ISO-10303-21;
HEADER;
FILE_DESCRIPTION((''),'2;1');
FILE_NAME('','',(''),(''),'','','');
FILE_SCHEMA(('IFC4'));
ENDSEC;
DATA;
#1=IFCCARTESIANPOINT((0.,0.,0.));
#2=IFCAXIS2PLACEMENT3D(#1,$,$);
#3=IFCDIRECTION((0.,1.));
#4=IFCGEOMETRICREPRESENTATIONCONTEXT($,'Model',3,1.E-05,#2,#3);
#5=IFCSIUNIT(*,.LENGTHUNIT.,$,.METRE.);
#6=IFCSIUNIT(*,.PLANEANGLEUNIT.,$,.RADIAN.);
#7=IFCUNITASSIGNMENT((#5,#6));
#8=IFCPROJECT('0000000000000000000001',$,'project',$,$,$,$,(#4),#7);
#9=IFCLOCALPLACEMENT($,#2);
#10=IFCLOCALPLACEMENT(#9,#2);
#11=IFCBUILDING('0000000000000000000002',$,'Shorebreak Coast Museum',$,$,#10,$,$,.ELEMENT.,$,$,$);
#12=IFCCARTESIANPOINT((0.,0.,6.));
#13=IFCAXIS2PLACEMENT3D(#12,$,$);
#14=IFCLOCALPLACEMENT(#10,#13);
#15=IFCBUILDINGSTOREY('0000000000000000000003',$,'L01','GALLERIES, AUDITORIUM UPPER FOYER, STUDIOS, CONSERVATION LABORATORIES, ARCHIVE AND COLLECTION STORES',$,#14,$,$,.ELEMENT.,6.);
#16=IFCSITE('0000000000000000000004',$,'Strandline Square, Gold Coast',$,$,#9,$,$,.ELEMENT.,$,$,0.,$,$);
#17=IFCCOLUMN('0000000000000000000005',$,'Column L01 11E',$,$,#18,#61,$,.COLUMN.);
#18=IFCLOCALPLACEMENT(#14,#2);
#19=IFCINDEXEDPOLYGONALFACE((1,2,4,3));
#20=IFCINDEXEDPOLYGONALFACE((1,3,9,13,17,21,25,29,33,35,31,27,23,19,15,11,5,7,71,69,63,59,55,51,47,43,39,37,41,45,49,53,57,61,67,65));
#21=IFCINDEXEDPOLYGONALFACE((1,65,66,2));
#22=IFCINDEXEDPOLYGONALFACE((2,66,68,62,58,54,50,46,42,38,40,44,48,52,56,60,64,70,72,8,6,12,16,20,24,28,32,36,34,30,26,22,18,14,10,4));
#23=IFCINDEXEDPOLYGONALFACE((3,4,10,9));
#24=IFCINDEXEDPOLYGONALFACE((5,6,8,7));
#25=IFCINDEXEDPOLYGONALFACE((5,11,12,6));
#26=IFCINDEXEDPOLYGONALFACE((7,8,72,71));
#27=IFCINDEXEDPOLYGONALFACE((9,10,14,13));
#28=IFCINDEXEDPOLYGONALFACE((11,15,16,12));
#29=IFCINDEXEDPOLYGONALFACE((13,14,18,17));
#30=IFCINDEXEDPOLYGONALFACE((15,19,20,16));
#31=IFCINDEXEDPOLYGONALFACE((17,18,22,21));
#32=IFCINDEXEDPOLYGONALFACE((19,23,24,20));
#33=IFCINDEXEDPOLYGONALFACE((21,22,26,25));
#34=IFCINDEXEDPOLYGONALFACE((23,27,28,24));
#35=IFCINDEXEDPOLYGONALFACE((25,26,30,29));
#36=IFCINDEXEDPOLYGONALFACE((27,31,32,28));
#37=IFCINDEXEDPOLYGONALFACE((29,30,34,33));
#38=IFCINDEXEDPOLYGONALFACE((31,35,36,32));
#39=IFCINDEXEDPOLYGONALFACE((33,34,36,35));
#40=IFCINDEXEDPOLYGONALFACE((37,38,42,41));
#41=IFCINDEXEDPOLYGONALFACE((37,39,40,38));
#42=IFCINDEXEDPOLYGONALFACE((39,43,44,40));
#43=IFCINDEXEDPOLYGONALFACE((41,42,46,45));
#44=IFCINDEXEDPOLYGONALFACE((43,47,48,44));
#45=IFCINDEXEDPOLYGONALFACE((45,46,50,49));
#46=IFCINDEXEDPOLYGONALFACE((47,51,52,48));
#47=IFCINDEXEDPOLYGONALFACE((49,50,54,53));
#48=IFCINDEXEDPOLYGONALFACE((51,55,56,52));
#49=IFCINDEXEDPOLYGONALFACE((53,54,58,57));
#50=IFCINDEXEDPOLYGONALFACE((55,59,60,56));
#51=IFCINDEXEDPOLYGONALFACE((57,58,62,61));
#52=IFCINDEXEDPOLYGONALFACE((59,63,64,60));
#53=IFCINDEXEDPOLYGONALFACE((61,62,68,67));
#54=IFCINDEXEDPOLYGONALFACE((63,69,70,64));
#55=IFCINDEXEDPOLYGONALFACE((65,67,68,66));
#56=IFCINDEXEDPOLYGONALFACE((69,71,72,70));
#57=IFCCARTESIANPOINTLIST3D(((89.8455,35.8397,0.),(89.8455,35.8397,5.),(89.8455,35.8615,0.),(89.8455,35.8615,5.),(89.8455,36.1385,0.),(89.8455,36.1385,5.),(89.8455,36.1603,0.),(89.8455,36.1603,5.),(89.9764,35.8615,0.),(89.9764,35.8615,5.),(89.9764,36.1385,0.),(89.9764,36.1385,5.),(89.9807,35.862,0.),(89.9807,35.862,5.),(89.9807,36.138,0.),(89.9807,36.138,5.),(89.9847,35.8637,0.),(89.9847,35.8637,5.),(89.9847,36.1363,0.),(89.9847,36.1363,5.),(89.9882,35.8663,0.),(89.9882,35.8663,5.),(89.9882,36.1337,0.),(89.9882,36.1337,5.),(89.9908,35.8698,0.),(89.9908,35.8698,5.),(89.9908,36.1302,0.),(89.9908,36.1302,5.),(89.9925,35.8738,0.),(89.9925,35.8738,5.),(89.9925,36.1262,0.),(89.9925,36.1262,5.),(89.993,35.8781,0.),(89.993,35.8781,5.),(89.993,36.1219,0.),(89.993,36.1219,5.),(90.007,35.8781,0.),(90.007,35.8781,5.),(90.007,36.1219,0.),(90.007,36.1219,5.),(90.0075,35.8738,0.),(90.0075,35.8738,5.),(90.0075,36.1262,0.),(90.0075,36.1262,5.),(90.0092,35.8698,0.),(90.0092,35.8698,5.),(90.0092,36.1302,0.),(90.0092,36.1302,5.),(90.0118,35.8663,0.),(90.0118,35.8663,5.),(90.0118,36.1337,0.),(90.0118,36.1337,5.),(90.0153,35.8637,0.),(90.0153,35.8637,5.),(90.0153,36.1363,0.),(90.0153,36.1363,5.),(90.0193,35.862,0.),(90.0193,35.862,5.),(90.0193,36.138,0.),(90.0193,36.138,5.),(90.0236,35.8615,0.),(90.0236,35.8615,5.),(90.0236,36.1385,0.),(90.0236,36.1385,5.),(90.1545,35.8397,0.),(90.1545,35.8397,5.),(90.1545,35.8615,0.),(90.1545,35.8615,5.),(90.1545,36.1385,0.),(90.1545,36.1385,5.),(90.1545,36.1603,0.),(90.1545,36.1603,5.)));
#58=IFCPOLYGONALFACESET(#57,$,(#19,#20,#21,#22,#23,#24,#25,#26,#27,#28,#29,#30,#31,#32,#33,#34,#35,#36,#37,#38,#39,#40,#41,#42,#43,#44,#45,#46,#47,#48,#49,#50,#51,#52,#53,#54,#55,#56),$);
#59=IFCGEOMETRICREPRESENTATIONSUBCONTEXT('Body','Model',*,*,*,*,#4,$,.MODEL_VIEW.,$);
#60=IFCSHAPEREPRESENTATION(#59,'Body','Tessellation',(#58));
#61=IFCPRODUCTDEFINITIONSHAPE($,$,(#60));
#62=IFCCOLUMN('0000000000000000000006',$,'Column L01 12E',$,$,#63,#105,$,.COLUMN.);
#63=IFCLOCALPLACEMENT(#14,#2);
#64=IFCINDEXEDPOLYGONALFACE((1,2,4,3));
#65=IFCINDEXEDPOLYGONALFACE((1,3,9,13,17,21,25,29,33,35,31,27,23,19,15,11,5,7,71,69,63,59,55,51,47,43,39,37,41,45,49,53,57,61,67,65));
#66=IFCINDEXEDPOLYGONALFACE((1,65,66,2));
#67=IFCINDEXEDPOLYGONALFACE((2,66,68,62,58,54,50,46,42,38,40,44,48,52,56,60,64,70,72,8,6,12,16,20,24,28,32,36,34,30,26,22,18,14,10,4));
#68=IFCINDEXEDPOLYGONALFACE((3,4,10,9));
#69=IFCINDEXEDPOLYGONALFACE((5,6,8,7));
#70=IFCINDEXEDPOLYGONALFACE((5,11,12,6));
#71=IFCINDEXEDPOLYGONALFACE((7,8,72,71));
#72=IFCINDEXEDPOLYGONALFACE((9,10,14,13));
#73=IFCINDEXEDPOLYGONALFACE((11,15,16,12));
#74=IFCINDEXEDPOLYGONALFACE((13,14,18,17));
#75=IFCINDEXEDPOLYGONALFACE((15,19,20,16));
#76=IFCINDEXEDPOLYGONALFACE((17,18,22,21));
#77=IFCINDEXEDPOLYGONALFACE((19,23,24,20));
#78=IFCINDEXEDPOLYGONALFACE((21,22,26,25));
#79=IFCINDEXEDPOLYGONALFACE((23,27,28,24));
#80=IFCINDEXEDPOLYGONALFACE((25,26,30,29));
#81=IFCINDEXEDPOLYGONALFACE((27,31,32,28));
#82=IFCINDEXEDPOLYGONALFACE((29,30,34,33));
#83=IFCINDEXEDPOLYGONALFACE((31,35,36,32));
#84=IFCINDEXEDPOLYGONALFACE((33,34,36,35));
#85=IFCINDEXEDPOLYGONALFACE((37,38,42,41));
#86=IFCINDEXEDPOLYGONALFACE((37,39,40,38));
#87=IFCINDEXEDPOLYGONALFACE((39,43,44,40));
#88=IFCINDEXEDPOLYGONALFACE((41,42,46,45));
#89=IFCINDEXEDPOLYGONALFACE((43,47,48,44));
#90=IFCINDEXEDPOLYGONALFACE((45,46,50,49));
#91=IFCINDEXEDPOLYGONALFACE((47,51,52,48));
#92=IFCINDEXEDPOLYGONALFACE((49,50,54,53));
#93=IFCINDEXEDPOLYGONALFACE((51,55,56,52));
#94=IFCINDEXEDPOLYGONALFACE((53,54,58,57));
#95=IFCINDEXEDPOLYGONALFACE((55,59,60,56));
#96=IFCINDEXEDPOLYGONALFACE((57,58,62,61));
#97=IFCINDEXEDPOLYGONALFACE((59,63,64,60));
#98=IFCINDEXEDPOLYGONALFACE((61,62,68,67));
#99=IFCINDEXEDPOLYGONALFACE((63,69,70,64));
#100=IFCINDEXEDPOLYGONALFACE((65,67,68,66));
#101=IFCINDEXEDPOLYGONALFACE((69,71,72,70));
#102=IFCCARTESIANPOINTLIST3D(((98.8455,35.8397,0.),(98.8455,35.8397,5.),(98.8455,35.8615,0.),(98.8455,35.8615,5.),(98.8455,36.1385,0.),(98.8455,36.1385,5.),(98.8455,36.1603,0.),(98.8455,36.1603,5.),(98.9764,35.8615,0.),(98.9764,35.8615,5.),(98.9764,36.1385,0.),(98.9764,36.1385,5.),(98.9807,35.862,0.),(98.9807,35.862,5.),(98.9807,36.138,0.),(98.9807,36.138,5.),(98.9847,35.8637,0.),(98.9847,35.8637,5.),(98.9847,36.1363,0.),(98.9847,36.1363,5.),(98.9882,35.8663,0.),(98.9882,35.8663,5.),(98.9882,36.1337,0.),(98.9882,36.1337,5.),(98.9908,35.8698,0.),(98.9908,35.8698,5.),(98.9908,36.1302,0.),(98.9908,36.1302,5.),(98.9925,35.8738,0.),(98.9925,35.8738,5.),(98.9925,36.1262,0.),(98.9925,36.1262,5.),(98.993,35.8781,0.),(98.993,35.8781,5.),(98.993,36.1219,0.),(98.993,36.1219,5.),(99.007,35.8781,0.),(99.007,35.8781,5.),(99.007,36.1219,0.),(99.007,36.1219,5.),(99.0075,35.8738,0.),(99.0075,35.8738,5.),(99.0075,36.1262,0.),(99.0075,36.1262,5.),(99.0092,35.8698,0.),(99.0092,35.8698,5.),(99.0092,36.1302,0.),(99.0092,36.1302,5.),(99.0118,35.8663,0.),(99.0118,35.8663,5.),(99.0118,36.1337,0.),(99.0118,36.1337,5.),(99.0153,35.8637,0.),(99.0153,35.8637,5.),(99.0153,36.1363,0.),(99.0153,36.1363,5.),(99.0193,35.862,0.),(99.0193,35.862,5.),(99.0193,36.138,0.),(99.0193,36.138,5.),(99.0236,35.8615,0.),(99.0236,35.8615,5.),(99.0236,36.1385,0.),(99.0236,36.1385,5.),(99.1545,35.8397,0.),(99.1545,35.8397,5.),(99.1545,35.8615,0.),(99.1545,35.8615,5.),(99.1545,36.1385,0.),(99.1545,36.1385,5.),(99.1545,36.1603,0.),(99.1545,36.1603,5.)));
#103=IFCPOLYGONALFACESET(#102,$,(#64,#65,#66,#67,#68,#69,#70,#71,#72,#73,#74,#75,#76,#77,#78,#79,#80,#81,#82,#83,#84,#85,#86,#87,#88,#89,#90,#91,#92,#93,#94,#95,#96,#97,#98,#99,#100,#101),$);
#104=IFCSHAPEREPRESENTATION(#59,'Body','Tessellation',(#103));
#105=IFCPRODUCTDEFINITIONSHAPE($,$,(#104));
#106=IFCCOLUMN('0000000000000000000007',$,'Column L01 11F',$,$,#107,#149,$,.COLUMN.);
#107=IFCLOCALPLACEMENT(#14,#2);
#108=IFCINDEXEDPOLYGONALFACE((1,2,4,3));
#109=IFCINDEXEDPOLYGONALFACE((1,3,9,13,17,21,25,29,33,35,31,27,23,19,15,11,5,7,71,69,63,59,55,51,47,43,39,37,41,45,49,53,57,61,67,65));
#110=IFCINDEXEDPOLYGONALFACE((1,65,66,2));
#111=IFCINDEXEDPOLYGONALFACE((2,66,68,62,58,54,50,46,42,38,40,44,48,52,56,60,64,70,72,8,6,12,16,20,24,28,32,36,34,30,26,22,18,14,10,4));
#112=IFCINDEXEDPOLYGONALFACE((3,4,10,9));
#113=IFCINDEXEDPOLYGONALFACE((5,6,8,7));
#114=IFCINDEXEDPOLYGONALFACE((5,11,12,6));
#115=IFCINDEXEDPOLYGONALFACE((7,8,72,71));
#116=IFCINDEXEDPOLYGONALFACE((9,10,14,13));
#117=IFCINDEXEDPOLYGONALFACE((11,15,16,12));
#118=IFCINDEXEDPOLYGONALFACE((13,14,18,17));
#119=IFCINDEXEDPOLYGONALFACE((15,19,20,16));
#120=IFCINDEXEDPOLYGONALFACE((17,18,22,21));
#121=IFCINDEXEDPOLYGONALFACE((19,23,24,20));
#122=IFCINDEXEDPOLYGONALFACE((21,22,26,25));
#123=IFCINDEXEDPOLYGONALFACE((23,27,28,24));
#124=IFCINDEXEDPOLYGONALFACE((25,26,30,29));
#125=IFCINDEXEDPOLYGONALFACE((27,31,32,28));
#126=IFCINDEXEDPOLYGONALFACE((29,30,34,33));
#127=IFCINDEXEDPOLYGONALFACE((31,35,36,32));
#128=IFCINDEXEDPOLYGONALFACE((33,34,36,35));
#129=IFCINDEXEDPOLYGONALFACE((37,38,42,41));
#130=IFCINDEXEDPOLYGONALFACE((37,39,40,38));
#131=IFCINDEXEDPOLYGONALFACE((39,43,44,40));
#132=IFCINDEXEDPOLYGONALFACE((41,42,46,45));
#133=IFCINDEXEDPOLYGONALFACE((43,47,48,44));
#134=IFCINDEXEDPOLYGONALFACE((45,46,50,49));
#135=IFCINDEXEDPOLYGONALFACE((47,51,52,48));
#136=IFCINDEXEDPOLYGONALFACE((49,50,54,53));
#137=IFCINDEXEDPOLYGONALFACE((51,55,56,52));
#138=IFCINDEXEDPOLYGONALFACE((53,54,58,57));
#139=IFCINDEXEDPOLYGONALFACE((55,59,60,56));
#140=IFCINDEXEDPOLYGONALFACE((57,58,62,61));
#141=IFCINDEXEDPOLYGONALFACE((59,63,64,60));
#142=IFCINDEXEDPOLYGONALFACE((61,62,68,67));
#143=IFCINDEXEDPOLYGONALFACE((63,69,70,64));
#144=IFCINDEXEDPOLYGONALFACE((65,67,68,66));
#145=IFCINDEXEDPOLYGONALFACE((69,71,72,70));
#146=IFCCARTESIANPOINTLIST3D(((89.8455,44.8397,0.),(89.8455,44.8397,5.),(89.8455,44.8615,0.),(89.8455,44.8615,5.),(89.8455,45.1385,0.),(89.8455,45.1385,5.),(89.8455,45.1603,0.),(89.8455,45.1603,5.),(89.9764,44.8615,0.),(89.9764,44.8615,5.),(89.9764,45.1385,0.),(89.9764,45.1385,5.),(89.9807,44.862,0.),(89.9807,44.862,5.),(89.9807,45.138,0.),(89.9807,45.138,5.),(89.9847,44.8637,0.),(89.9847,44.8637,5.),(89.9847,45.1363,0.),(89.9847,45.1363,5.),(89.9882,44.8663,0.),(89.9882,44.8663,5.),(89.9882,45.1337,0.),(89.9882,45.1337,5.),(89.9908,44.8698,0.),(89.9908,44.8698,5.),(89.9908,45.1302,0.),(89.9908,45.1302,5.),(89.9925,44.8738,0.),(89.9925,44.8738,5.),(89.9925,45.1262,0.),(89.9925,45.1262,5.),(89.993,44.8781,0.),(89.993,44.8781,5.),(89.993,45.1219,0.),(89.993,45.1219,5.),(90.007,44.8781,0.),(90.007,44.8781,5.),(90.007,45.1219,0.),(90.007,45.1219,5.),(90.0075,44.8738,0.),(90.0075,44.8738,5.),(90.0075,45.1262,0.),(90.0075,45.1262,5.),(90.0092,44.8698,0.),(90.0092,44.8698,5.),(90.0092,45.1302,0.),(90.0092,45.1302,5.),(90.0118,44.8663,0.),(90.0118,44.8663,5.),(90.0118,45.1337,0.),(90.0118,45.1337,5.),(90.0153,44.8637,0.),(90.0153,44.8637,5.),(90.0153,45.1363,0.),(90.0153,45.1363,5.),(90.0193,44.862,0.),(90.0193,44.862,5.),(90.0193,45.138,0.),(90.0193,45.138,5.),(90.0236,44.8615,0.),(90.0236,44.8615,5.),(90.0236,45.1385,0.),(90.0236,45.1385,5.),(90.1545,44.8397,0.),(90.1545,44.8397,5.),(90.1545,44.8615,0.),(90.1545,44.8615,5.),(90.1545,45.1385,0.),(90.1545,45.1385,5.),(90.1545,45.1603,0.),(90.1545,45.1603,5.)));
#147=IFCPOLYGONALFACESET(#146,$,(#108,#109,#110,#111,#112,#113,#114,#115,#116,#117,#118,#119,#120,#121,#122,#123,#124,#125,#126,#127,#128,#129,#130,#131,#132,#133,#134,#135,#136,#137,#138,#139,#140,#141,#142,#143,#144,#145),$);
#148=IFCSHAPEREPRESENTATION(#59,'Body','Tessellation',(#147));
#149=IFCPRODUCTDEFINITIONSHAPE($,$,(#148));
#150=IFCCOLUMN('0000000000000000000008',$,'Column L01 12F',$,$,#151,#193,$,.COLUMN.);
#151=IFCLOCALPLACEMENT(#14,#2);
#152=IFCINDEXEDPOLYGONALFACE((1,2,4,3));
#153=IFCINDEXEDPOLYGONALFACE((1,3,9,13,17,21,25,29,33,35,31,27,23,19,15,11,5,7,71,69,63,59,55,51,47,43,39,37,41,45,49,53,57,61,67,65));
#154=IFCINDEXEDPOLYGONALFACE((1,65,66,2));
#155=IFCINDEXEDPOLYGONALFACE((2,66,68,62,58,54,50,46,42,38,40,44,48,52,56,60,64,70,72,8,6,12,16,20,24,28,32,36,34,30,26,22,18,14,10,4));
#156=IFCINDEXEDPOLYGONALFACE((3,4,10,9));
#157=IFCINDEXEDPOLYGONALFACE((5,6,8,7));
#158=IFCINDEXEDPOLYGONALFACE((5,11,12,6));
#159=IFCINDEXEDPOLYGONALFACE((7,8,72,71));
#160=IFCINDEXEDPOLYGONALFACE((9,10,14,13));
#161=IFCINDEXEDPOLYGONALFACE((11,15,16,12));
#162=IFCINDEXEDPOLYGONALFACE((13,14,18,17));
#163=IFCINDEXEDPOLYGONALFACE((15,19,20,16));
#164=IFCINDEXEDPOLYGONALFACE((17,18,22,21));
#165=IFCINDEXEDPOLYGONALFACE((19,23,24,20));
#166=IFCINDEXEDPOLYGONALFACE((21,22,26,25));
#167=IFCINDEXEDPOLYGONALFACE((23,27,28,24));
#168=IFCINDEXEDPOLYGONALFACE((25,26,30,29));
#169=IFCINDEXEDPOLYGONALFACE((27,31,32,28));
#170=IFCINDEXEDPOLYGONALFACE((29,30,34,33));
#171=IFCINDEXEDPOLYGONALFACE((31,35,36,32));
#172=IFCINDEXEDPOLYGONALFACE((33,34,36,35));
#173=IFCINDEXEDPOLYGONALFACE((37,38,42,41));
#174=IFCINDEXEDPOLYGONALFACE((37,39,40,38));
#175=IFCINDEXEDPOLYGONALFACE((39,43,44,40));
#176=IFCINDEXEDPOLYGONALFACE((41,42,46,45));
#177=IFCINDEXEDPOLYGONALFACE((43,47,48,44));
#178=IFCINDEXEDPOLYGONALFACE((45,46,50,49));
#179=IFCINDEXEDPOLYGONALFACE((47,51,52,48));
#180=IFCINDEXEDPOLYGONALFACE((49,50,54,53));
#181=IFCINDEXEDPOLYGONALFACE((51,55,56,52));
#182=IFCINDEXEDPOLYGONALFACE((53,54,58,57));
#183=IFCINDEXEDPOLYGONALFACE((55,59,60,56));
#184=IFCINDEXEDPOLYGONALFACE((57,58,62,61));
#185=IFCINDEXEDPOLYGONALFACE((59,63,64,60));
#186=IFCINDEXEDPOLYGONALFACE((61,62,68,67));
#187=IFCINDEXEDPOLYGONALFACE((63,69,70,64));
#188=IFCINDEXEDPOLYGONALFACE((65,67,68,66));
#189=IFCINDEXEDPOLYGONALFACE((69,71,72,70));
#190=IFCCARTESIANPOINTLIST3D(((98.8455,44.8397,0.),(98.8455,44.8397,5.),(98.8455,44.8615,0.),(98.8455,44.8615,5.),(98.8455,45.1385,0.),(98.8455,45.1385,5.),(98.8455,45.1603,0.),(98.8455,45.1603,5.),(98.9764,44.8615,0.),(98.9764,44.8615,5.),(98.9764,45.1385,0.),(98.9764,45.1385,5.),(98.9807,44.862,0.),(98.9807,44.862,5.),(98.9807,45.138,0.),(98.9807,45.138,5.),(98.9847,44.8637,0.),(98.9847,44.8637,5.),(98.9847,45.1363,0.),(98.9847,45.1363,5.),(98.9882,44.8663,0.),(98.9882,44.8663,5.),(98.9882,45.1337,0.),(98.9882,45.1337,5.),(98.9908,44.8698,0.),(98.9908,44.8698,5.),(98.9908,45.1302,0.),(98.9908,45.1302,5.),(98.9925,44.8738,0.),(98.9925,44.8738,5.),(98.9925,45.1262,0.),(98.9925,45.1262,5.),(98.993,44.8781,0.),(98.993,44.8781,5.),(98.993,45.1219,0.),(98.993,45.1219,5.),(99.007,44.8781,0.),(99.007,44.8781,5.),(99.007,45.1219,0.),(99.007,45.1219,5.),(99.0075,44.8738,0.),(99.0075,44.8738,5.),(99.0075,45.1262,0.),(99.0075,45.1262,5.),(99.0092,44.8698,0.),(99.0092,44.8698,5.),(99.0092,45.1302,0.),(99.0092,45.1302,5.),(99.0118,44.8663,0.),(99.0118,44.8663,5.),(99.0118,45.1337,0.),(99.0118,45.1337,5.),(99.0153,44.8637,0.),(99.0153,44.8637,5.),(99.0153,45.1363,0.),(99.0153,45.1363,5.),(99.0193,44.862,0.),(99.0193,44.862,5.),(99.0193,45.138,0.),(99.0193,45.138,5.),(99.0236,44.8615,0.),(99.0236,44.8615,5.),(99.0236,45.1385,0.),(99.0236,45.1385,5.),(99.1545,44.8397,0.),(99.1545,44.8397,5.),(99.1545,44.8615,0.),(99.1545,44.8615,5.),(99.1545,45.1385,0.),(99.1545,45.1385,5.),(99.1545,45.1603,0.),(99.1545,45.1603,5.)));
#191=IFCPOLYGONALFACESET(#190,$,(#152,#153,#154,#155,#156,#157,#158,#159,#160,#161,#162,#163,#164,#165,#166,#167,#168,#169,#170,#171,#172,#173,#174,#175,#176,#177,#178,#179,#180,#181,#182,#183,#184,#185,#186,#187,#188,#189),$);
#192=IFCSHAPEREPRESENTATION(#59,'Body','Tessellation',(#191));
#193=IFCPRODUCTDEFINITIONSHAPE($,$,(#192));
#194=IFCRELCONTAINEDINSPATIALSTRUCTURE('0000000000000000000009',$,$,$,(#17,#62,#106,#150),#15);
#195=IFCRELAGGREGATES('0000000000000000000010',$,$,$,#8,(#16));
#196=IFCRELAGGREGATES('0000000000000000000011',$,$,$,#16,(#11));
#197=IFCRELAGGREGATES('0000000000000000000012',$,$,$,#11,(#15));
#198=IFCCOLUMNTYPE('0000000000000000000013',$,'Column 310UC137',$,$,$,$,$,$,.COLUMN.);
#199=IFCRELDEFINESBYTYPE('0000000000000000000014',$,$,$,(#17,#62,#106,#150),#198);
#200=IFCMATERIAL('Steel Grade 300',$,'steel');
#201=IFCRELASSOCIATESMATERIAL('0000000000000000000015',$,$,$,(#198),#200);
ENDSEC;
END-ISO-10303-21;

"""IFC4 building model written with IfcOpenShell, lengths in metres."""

from ifc_helpers import new_model, si_unit, direction, frame, origin, origin_2d, place, context, subcontext, project, spatial, i_section, extrude, material, material_profile, profile_set, type_object, element, save


model = new_model("IFC4")

# Units and contexts
model_context = context("Model", 3, precision=1e-05, world=origin(), true_north=direction((0.0, 1.0)))
body_context = subcontext(model_context, "Body", "Model", "MODEL_VIEW")
ifc_project = project(units=[si_unit("LENGTHUNIT", "METRE"), si_unit("PLANEANGLEUNIT", "RADIAN")], contexts=[model_context])

# Site, building, storey
site_placement = place(None, origin())
site = spatial("IfcSite", under=ifc_project, at=site_placement, Name="Strandline Square, Gold Coast", CompositionType="ELEMENT", RefElevation=0.0)
building_placement = place(site_placement, origin())
building = spatial("IfcBuilding", under=site, at=building_placement, Name="Shorebreak Coast Museum", CompositionType="ELEMENT")
storey_placement = place(building_placement, frame((0.0, 0.0, 6.0)))
storey = spatial("IfcBuildingStorey", under=building, at=storey_placement, Name="L01", Description="GALLERIES, AUDITORIUM UPPER FOYER, STUDIOS, CONSERVATION LABORATORIES, ARCHIVE AND COLLECTION STORES", CompositionType="ELEMENT", Elevation=6.0)

# Columns
ifc_material_1 = material(Name="Steel Grade 300", Category="steel")
ifc_material_profile_1 = material_profile(ifc_material_1, i_section(OverallWidth=0.3091, OverallDepth=0.3206, WebThickness=0.0139, FlangeThickness=0.0217, FilletRadius=0.0166, at=origin_2d()), Name="310UC137")
ifc_profile_set_1 = profile_set([ifc_material_profile_1], Name="Steel Grade 300")
column_type = type_object("IfcColumnType", Name="Column 310UC137", PredefinedType="COLUMN", material=ifc_profile_set_1)
for number, where, z_axis, x_axis, name in (
    (1, (90.0, 36.0, 0.0), (0.0, 0.0, 1.0), (1.0, 0.0, 0.0), "Column L01 11E"),
    (2, (99.0, 36.0, 0.0), (0.0, 0.0, 1.0), (1.0, 0.0, 0.0), "Column L01 12E"),
    (3, (90.0, 45.0, 0.0), (0.0, 0.0, 1.0), (1.0, 0.0, 0.0), "Column L01 11F"),
    (4, (99.0, 45.0, 0.0), (0.0, 0.0, 1.0), (1.0, 0.0, 0.0), "Column L01 12F"),
):
    element("IfcColumn", number, at=place(storey_placement, frame(where, z_axis=z_axis, x_axis=x_axis)), inside=storey, type_object=column_type, Name=name, PredefinedType="COLUMN", context=body_context, shape_type="SweptSolid", body=[
        extrude(i_section(OverallWidth=0.3091, OverallDepth=0.3206, WebThickness=0.0139, FlangeThickness=0.0217, FilletRadius=0.0166, at=origin_2d()), origin(), (0.0, 0.0, 1.0), 5.0),
    ])

save(model, "model.ifc")
